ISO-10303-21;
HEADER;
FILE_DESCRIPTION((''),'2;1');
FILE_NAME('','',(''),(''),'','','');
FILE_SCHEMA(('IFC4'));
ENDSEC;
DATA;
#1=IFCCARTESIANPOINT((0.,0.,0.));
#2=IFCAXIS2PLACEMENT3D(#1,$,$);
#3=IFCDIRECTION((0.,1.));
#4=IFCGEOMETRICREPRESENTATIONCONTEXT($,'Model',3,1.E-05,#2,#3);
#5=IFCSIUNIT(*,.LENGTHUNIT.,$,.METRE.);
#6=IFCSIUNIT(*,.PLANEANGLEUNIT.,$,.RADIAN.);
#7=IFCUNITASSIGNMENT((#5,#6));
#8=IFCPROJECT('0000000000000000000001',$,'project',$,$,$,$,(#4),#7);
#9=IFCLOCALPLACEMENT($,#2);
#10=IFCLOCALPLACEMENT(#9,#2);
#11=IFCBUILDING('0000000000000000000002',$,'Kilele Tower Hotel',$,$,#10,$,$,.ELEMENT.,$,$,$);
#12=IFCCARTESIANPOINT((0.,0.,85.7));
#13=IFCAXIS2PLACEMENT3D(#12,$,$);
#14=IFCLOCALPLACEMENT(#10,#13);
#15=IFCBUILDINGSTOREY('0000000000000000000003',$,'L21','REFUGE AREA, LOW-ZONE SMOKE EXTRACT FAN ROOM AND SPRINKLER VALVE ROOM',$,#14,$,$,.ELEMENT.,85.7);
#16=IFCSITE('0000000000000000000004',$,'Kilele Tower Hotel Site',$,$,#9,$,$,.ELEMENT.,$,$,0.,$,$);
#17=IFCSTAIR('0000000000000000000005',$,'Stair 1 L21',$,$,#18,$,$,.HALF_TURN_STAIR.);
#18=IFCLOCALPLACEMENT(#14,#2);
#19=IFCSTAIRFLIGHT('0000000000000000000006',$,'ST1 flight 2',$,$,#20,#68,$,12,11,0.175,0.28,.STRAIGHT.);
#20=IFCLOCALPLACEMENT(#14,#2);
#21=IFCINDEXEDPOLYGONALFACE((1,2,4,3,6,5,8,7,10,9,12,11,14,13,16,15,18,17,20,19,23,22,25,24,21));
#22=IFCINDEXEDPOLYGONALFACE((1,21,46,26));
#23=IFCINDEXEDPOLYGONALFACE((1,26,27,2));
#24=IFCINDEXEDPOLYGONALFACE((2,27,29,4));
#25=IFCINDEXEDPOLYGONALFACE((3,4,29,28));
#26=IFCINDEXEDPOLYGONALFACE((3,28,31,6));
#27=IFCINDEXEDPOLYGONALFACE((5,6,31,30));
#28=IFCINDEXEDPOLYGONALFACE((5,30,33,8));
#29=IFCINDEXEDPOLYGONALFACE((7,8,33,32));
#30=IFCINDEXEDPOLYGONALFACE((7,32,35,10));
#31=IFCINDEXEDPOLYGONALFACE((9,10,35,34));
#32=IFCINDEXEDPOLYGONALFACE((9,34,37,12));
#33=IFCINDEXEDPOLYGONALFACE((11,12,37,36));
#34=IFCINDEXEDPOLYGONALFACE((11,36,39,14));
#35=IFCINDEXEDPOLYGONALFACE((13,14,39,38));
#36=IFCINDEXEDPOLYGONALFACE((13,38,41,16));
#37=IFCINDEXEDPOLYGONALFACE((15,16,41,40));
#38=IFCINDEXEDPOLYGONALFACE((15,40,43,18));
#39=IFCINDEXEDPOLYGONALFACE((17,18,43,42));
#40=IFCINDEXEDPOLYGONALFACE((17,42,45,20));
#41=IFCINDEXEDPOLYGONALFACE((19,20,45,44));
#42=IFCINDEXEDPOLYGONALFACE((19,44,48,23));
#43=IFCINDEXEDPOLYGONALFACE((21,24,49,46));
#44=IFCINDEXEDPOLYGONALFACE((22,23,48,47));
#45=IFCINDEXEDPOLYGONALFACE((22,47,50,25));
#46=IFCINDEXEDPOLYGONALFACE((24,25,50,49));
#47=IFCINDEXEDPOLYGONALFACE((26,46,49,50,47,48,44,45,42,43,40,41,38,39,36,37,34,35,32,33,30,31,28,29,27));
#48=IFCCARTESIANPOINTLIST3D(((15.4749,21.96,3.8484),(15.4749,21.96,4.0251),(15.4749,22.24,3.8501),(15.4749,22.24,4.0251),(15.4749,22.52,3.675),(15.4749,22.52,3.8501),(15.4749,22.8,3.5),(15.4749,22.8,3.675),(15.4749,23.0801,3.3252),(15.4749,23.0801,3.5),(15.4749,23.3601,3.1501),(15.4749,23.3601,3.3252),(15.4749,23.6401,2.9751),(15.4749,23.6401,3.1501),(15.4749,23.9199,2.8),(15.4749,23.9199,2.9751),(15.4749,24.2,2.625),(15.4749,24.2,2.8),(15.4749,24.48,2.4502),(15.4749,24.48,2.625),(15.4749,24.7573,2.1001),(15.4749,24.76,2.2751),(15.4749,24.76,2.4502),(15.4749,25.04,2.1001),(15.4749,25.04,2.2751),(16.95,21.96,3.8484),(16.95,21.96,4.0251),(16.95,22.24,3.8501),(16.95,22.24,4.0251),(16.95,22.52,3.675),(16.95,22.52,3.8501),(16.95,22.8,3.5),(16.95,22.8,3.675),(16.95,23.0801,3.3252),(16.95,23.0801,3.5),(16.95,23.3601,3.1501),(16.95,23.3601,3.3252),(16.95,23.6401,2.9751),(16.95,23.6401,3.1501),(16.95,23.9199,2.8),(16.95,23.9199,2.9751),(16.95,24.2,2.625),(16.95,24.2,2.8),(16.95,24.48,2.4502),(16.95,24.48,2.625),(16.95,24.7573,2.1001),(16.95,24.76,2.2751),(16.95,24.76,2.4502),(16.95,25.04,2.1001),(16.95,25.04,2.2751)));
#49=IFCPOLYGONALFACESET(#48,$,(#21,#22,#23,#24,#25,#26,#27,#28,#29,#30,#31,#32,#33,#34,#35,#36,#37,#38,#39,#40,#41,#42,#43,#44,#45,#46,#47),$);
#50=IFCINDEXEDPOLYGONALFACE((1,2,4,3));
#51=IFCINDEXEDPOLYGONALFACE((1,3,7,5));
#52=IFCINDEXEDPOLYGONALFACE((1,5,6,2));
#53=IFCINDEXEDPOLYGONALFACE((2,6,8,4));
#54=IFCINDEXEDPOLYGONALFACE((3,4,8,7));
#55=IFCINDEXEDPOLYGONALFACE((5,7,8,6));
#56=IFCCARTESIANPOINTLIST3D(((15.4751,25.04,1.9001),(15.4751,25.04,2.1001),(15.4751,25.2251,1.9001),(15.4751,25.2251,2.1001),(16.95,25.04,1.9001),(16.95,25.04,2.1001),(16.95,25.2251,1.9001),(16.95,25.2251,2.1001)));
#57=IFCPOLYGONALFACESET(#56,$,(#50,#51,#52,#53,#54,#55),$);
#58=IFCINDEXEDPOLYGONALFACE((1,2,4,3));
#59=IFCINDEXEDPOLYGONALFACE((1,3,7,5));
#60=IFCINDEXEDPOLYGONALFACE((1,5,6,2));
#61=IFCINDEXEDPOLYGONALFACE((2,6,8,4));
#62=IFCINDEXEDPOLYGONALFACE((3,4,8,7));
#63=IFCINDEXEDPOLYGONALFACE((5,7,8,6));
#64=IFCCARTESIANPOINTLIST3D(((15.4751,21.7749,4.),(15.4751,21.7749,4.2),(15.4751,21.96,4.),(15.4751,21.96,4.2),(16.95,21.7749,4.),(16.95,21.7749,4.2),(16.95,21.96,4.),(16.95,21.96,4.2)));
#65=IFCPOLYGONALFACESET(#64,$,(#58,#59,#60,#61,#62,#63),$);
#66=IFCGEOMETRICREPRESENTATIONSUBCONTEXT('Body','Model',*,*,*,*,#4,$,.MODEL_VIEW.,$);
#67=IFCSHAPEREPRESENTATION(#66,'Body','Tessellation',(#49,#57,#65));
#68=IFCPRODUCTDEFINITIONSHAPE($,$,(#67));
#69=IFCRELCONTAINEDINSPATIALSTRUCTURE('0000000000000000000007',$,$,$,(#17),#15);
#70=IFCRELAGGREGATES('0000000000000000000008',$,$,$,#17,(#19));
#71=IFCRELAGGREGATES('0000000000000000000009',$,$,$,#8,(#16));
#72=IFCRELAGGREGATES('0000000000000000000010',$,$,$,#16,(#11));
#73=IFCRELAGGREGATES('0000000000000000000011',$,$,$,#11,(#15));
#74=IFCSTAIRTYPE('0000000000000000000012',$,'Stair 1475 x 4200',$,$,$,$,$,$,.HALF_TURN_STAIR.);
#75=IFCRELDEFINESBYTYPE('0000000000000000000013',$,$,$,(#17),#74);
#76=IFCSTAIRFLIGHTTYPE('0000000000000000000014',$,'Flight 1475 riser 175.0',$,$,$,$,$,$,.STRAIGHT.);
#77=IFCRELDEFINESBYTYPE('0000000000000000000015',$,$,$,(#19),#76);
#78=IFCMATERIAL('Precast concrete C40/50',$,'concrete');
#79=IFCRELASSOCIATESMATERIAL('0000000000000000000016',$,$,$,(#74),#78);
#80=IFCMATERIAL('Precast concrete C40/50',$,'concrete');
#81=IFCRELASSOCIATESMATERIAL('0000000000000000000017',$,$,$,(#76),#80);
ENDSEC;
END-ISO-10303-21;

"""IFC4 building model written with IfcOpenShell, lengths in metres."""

from ifc_helpers import new_model, si_unit, direction, frame, origin, place, context, subcontext, project, spatial, polyline, outline, extrude, material, type_object, element, aggregate, save


model = new_model("IFC4")

# Units and contexts
model_context = context("Model", 3, precision=1e-05, world=origin(), true_north=direction((0.0, 1.0)))
body_context = subcontext(model_context, "Body", "Model", "MODEL_VIEW")
ifc_project = project(units=[si_unit("LENGTHUNIT", "METRE"), si_unit("PLANEANGLEUNIT", "RADIAN")], contexts=[model_context])

# Site, building, storey
site_placement = place(None, origin())
site = spatial("IfcSite", under=ifc_project, at=site_placement, Name="Kilele Tower Hotel Site", CompositionType="ELEMENT", RefElevation=0.0)
building_placement = place(site_placement, origin())
building = spatial("IfcBuilding", under=site, at=building_placement, Name="Kilele Tower Hotel", CompositionType="ELEMENT")
storey_placement = place(building_placement, frame((0.0, 0.0, 85.7)))
storey = spatial("IfcBuildingStorey", under=building, at=storey_placement, Name="L21", Description="REFUGE AREA, LOW-ZONE SMOKE EXTRACT FAN ROOM AND SPRINKLER VALVE ROOM", CompositionType="ELEMENT", Elevation=85.7)

# Stair, stair flight
ifc_material_1 = material(Name="Precast concrete C40/50", Category="concrete")
stair_type = type_object("IfcStairType", Name="Stair 1475 x 4200", PredefinedType="HALF_TURN_STAIR", material=ifc_material_1)
stair_placement = place(storey_placement, origin())
stair = element("IfcStair", 1, at=stair_placement, inside=storey, type_object=stair_type, Name="Stair 1 L21", PredefinedType="HALF_TURN_STAIR")
ifc_material_2 = material(Name="Precast concrete C40/50", Category="concrete")
stair_flight_type = type_object("IfcStairFlightType", Name="Flight 1475 riser 175.0", PredefinedType="STRAIGHT", material=ifc_material_2)
stair_flight_1_placement = place(storey_placement, frame((16.2124, 25.04, 2.1001), z_axis=(0.0, 0.0, 1.0), x_axis=(0.0, -1.0, 0.0)))
stair_flight_1 = element("IfcStairFlight", 2, at=stair_flight_1_placement, type_object=stair_flight_type, Name="ST1 flight 2", NumberOfRisers=12, NumberOfTreads=11, PredefinedType="STRAIGHT", RiserHeight=0.175, TreadLength=0.28, context=body_context, shape_type="SweptSolid", body=[
    extrude(outline(polyline([(0.0, 0.0), (0.0, 0.175), (0.28, 0.175), (0.28, 0.3501), (0.5601, 0.3501), (0.5601, 0.5249), (0.8401, 0.5249), (0.8401, 0.7), (1.1201, 0.7), (1.1201, 0.875), (1.3999, 0.875), (1.3999, 1.05), (1.6799, 1.05), (1.6799, 1.2251), (1.96, 1.2251), (1.96, 1.3999), (2.24, 1.3999), (2.24, 1.575), (2.52, 1.575), (2.52, 1.75), (2.8, 1.75), (2.8, 1.925), (3.0801, 1.925), (3.0801, 2.1001), (3.0801, 1.7483), (0.2827, 0.0), (0.0, 0.0)])), frame((0.0, 0.7375, 0.0), z_axis=(0.0, -1.0, 0.0), x_axis=(1.0, 0.0, 0.0)), (0.0, 0.0, 1.0), 1.4751),
    extrude(outline(polyline([(0.0, -0.7373), (0.0, 0.7375), (-0.1851, 0.7375), (-0.1851, -0.7373), (0.0, -0.7373)])), frame((0.0, 0.0, -0.2)), (0.0, 0.0, 1.0), 0.2),
    extrude(outline(polyline([(3.2651, -0.7373), (3.2651, 0.7375), (3.0801, 0.7375), (3.0801, -0.7373), (3.2651, -0.7373)])), frame((0.0, 0.0, 1.8999)), (0.0, 0.0, 1.0), 0.2),
])
aggregate(stair, [stair_flight_1])

save(model, "model.ifc")
